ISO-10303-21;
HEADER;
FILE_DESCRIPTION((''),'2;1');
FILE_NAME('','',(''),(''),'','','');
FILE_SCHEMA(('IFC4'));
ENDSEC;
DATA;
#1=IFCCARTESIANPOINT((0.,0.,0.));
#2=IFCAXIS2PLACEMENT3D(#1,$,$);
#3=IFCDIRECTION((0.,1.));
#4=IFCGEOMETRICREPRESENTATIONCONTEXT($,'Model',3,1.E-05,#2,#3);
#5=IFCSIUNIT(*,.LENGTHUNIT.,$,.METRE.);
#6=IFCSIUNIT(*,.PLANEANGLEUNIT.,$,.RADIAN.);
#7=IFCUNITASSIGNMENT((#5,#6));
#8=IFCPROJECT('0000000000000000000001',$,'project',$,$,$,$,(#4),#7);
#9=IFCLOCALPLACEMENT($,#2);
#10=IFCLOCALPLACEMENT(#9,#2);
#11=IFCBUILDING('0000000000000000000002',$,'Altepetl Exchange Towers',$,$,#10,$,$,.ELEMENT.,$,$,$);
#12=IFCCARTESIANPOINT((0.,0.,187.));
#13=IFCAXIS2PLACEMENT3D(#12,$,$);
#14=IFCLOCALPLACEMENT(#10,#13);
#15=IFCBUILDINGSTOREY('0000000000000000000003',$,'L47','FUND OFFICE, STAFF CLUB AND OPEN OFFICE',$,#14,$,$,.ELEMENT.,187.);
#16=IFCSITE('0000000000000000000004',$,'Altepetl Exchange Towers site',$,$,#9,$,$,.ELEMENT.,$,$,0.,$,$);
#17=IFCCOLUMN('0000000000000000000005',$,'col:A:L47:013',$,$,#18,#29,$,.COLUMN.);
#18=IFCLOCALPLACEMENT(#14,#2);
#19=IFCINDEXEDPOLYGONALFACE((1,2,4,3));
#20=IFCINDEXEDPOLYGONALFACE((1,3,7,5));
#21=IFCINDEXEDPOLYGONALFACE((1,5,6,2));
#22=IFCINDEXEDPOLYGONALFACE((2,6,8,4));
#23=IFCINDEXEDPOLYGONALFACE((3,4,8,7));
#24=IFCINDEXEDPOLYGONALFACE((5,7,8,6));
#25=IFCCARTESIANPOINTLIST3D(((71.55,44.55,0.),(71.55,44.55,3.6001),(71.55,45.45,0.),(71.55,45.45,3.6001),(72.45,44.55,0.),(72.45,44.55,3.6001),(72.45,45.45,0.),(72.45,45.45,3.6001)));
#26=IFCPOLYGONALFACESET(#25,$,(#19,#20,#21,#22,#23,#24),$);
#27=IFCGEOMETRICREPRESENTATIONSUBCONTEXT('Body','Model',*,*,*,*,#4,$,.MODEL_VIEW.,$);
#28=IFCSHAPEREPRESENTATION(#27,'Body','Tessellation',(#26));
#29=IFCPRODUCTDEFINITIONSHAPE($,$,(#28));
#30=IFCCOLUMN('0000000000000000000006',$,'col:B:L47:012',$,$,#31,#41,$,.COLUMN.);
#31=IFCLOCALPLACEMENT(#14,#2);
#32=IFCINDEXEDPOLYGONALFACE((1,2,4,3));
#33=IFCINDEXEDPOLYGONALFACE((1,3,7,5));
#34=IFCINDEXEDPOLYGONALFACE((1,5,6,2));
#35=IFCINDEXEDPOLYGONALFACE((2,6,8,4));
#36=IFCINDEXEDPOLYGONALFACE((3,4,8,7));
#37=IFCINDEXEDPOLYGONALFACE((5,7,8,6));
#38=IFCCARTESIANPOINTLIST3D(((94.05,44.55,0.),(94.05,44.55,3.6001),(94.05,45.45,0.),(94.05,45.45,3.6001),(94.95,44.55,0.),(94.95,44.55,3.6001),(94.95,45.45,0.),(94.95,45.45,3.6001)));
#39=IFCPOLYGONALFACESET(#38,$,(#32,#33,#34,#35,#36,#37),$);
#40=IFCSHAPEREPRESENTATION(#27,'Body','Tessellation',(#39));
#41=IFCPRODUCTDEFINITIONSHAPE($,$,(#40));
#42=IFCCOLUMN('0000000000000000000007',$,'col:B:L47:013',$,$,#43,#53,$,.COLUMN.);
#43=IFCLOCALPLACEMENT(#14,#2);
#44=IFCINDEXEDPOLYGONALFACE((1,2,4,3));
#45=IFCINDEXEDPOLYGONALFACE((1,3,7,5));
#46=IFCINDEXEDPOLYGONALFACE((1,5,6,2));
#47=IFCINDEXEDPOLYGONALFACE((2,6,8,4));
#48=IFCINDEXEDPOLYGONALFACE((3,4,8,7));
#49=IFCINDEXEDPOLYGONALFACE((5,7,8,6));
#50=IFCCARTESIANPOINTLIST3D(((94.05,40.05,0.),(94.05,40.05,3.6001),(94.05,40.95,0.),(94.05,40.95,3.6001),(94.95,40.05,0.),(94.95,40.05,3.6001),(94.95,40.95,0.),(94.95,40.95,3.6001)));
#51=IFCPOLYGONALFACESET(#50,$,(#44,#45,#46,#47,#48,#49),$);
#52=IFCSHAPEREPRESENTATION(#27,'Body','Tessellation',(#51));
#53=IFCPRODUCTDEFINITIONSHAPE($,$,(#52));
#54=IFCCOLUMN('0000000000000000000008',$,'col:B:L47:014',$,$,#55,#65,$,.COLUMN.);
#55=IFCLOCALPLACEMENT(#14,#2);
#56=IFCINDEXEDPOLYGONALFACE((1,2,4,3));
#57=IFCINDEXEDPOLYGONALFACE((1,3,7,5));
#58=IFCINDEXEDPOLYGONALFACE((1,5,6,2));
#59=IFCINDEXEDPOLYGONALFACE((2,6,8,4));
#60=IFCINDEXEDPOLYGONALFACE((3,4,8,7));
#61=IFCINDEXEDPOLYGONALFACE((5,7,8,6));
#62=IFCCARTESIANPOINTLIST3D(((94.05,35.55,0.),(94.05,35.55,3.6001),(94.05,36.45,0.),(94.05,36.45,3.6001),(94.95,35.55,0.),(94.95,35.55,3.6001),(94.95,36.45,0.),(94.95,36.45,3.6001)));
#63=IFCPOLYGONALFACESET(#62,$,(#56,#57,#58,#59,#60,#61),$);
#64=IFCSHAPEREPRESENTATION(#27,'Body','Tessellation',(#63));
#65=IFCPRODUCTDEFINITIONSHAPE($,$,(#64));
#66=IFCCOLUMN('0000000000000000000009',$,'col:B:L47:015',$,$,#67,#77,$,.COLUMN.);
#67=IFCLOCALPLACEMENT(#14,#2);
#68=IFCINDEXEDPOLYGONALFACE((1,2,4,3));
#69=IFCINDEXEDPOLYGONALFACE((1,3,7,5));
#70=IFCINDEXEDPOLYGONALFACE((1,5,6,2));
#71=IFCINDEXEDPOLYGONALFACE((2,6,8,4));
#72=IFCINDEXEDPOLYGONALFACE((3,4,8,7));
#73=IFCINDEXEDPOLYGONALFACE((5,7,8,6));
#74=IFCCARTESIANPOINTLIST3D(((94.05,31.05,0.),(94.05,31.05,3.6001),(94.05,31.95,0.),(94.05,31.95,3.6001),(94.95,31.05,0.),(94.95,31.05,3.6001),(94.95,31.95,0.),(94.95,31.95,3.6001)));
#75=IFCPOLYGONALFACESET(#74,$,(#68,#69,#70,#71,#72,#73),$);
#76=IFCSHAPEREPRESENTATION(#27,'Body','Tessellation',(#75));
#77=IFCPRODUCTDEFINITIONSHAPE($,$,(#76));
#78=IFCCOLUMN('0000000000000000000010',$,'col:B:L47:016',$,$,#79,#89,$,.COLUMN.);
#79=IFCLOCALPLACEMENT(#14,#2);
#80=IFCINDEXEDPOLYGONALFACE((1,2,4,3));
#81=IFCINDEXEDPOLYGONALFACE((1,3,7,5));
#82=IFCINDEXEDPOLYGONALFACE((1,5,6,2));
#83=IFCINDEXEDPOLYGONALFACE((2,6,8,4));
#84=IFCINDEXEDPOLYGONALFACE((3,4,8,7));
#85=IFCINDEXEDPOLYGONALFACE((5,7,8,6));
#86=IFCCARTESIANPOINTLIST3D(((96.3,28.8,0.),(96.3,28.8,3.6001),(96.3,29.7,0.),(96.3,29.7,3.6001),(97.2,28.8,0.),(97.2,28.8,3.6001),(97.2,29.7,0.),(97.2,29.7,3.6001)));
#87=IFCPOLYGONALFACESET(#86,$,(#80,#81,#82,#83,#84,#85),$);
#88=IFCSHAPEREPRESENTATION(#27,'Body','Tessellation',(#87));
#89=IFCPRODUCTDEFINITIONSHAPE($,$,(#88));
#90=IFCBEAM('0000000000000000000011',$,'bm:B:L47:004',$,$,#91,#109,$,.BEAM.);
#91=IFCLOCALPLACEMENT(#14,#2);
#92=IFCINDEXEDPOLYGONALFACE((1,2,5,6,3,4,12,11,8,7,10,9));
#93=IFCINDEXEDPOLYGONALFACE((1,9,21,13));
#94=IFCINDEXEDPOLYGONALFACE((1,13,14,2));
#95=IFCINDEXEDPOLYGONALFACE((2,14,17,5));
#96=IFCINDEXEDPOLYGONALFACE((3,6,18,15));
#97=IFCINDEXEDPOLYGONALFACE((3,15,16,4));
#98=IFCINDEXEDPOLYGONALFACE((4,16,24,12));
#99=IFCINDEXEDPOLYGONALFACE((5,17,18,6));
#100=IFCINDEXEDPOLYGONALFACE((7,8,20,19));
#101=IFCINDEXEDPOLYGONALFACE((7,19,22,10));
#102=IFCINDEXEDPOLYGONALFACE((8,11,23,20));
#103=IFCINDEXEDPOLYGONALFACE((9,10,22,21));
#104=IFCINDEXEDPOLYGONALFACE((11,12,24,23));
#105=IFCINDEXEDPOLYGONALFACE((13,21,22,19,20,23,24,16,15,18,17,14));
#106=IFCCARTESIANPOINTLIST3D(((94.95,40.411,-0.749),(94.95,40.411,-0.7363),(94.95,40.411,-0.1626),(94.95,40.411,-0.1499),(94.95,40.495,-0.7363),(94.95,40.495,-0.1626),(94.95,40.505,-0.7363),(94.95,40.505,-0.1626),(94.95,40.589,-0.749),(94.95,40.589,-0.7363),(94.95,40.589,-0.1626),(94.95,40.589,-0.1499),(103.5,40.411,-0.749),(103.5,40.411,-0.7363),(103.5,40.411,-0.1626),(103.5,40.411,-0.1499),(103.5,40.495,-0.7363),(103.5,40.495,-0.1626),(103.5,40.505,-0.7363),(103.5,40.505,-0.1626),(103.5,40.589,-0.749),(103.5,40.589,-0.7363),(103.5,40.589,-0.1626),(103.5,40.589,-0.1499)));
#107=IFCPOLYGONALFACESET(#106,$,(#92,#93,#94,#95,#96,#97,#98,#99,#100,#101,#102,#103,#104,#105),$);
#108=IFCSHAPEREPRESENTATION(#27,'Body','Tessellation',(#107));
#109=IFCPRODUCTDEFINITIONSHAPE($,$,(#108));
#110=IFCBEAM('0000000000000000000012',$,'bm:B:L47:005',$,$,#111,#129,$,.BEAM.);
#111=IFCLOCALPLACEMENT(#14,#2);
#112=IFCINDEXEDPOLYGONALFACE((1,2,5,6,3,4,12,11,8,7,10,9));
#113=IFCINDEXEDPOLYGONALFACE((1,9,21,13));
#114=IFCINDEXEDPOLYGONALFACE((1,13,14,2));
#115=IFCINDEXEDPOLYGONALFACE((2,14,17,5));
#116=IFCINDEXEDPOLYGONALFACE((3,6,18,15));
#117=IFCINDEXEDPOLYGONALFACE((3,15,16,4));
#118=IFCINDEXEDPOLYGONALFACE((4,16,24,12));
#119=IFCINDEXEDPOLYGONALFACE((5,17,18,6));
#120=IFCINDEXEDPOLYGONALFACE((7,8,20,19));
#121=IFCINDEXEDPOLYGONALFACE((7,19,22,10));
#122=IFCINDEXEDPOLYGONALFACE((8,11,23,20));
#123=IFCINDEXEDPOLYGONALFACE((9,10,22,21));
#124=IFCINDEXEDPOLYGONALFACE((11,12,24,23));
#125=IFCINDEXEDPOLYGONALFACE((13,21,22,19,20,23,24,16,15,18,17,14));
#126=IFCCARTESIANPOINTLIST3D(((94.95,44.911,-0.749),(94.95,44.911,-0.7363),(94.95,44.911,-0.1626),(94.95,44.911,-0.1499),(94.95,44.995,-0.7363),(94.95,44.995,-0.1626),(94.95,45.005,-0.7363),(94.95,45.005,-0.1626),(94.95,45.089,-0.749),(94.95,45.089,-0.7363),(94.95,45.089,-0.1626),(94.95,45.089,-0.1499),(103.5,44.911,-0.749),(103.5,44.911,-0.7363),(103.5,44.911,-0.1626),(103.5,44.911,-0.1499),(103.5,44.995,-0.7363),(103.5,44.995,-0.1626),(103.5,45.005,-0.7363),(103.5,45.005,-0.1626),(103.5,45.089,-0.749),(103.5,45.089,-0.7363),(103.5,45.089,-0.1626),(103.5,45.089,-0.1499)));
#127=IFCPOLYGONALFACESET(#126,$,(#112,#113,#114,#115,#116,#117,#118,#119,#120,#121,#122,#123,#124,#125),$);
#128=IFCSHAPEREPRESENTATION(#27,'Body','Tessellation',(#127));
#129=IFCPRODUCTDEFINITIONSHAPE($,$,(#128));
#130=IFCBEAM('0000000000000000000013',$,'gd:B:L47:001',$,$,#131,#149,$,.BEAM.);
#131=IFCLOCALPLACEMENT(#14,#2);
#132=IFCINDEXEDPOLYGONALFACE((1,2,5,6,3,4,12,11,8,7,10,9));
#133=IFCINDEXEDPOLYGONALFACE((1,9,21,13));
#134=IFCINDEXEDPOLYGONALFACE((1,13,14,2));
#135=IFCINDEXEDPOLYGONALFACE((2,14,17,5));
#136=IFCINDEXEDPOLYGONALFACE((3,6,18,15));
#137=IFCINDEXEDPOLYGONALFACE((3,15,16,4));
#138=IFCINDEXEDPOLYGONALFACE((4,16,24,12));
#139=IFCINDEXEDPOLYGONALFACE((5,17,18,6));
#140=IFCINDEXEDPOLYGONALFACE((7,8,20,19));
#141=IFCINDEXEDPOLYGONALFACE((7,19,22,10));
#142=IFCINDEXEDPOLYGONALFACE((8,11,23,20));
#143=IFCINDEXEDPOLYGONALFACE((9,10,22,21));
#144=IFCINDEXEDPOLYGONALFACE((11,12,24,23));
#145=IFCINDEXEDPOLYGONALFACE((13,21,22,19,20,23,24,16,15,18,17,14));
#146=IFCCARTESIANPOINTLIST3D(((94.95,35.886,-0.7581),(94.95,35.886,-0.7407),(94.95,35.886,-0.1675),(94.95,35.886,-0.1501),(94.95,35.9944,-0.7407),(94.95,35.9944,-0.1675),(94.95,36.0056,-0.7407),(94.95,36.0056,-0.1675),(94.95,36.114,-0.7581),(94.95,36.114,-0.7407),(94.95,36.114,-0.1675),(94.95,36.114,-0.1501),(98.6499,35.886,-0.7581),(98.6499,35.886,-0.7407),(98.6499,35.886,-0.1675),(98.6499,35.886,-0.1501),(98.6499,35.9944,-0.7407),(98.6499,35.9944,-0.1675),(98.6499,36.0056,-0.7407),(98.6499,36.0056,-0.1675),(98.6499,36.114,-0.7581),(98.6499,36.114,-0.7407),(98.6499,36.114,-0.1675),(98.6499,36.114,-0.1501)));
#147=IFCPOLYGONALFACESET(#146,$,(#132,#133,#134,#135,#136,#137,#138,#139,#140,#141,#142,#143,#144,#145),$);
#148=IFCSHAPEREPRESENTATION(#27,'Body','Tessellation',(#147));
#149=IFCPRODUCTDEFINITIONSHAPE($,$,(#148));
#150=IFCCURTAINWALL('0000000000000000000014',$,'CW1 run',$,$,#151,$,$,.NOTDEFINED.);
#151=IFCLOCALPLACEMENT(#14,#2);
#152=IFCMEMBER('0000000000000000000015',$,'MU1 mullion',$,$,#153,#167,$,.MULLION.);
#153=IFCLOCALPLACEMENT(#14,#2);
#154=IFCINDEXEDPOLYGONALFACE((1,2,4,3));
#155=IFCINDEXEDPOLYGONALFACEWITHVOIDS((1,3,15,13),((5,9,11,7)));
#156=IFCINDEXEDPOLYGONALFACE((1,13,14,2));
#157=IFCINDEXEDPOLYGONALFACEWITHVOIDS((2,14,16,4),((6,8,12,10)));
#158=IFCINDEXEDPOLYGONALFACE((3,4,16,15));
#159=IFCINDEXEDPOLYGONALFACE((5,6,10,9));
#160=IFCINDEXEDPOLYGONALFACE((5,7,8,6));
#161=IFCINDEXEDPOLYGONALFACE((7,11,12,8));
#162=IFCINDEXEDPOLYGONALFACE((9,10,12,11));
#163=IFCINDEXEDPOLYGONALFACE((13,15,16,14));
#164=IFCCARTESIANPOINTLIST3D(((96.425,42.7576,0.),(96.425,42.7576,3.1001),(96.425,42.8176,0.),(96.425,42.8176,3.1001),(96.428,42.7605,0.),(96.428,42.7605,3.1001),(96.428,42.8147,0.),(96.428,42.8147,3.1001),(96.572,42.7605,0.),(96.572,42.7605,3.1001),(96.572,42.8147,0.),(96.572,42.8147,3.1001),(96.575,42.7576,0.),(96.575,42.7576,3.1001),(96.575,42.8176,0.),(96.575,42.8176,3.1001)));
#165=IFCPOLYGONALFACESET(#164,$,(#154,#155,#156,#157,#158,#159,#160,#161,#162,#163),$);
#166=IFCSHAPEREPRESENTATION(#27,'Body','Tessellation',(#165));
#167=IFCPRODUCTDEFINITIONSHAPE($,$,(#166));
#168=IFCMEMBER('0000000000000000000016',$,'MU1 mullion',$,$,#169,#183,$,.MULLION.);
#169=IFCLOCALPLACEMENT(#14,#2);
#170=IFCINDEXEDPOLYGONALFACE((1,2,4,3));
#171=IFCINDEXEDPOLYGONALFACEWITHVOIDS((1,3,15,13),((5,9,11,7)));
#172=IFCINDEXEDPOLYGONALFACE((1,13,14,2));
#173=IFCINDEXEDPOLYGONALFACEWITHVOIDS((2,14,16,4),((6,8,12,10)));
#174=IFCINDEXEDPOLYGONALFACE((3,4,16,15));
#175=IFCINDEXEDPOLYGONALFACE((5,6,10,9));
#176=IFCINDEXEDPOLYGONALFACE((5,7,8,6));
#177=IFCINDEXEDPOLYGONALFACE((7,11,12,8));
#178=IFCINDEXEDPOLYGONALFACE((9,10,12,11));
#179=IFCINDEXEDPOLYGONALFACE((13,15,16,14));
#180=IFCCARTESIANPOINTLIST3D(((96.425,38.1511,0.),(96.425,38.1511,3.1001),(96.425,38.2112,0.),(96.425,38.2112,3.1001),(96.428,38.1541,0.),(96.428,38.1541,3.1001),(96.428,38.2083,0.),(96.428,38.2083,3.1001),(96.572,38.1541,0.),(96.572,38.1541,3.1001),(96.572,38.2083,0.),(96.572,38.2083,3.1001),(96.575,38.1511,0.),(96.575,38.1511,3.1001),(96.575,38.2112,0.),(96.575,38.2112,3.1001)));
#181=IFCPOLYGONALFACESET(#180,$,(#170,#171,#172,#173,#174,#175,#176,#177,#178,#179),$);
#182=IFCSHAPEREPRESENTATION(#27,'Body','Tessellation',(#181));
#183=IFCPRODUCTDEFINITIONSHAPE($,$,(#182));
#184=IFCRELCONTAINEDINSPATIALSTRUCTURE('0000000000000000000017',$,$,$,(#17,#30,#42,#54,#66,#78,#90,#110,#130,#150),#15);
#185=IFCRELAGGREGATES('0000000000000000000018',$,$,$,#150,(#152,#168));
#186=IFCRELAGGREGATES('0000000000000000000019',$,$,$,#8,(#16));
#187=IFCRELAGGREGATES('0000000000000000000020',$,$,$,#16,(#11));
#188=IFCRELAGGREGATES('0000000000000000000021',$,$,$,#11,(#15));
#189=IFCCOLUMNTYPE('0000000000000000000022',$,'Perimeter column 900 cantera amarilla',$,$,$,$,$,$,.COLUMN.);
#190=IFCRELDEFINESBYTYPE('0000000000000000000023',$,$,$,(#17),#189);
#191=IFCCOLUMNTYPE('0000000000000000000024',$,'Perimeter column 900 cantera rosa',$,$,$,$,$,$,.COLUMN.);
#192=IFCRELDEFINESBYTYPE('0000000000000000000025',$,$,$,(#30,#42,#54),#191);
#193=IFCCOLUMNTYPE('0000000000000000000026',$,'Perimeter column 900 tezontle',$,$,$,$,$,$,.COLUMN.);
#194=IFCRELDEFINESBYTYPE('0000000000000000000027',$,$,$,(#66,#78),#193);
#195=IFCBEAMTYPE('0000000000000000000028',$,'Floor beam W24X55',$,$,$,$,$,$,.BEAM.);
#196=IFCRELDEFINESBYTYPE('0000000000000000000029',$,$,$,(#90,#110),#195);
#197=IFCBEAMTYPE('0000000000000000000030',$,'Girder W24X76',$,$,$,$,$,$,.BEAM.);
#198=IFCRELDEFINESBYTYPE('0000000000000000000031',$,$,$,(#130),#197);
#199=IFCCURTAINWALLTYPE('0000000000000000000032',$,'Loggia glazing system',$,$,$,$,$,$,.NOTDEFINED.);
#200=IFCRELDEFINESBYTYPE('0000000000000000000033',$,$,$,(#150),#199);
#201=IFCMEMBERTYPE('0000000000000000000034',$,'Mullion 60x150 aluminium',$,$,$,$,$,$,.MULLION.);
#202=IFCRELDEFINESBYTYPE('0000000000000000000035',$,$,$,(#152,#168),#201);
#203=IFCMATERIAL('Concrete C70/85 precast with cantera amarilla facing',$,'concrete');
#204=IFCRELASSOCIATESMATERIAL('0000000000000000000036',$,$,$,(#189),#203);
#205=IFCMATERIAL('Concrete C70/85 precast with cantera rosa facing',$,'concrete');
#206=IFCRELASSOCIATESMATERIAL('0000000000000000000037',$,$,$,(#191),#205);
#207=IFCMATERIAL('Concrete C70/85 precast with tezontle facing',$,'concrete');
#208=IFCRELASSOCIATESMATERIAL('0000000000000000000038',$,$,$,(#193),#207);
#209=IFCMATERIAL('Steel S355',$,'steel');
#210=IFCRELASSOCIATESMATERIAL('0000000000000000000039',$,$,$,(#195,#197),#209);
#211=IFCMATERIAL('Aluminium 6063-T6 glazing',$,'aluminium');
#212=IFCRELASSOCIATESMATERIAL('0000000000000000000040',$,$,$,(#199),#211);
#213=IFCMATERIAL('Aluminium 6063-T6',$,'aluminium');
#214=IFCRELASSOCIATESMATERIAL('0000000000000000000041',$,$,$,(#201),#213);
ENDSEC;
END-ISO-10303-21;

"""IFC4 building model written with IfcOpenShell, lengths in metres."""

from ifc_helpers import new_model, si_unit, direction, frame, origin, origin_2d, place, context, subcontext, project, spatial, rectangle, hollow_rectangle, i_section, extrude, material, material_profile, profile_set, type_object, element, aggregate, save


model = new_model("IFC4")

# Units and contexts
model_context = context("Model", 3, precision=1e-05, world=origin(), true_north=direction((0.0, 1.0)))
body_context = subcontext(model_context, "Body", "Model", "MODEL_VIEW")
ifc_project = project(units=[si_unit("LENGTHUNIT", "METRE"), si_unit("PLANEANGLEUNIT", "RADIAN")], contexts=[model_context])

# Site, building, storey
site_placement = place(None, origin())
site = spatial("IfcSite", under=ifc_project, at=site_placement, Name="Altepetl Exchange Towers site", CompositionType="ELEMENT", RefElevation=0.0)
building_placement = place(site_placement, origin())
building = spatial("IfcBuilding", under=site, at=building_placement, Name="Altepetl Exchange Towers", CompositionType="ELEMENT")
storey_placement = place(building_placement, frame((0.0, 0.0, 187.0)))
storey = spatial("IfcBuildingStorey", under=building, at=storey_placement, Name="L47", Description="FUND OFFICE, STAFF CLUB AND OPEN OFFICE", CompositionType="ELEMENT", Elevation=187.0)

# Columns
ifc_material_1 = material(Name="Concrete C70/85 precast with cantera amarilla facing", Category="concrete")
ifc_material_profile_1 = material_profile(ifc_material_1, rectangle(XDim=0.8999, YDim=0.8999, at=origin_2d()), Name="900 x 900")
ifc_profile_set_1 = profile_set([ifc_material_profile_1], Name="Concrete C70/85 precast with cantera amarilla facing")
column_type_1 = type_object("IfcColumnType", Name="Perimeter column 900 cantera amarilla", PredefinedType="COLUMN", material=ifc_profile_set_1)
column_placement = place(storey_placement, frame((72.0, 45.0, 0.0)))
element("IfcColumn", 1, at=column_placement, inside=storey, type_object=column_type_1, Name="col:A:L47:013", PredefinedType="COLUMN", context=body_context, shape_type="SweptSolid", body=[
    extrude(rectangle(XDim=0.8999, YDim=0.8999, at=origin_2d()), origin(), (0.0, 0.0, 1.0), 3.6001),
])
ifc_material_2 = material(Name="Concrete C70/85 precast with cantera rosa facing", Category="concrete")
ifc_material_profile_2 = material_profile(ifc_material_2, rectangle(XDim=0.8999, YDim=0.8999, at=origin_2d()), Name="900 x 900")
ifc_profile_set_2 = profile_set([ifc_material_profile_2], Name="Concrete C70/85 precast with cantera rosa facing")
column_type_2 = type_object("IfcColumnType", Name="Perimeter column 900 cantera rosa", PredefinedType="COLUMN", material=ifc_profile_set_2)
for number, where, name in (
    (2, (94.5, 45.0, 0.0), "col:B:L47:012"),
    (3, (94.5, 40.5, 0.0), "col:B:L47:013"),
    (4, (94.5, 36.0, 0.0), "col:B:L47:014"),
):
    element("IfcColumn", number, at=place(storey_placement, frame(where)), inside=storey, type_object=column_type_2, Name=name, PredefinedType="COLUMN", context=body_context, shape_type="SweptSolid", body=[
        extrude(rectangle(XDim=0.8999, YDim=0.8999, at=origin_2d()), origin(), (0.0, 0.0, 1.0), 3.6001),
    ])
ifc_material_3 = material(Name="Concrete C70/85 precast with tezontle facing", Category="concrete")
ifc_material_profile_3 = material_profile(ifc_material_3, rectangle(XDim=0.8999, YDim=0.8999, at=origin_2d()), Name="900 x 900")
ifc_profile_set_3 = profile_set([ifc_material_profile_3], Name="Concrete C70/85 precast with tezontle facing")
column_type_3 = type_object("IfcColumnType", Name="Perimeter column 900 tezontle", PredefinedType="COLUMN", material=ifc_profile_set_3)
for number, where, name in (
    (5, (94.5, 31.5, 0.0), "col:B:L47:015"),
    (6, (96.75, 29.25, 0.0), "col:B:L47:016"),
):
    element("IfcColumn", number, at=place(storey_placement, frame(where)), inside=storey, type_object=column_type_3, Name=name, PredefinedType="COLUMN", context=body_context, shape_type="SweptSolid", body=[
        extrude(rectangle(XDim=0.8999, YDim=0.8999, at=origin_2d()), origin(), (0.0, 0.0, 1.0), 3.6001),
    ])

# Beams
ifc_material_4 = material(Name="Steel S355", Category="steel")
ifc_material_profile_4 = material_profile(ifc_material_4, i_section(OverallWidth=0.178, OverallDepth=0.5991, WebThickness=0.01, FlangeThickness=0.0127, at=origin_2d()), Name="W24X55")
ifc_profile_set_4 = profile_set([ifc_material_profile_4], Name="Steel S355")
beam_type_1 = type_object("IfcBeamType", Name="Floor beam W24X55", PredefinedType="BEAM", material=ifc_profile_set_4)
for number, where, z_axis, x_axis, name in (
    (7, (94.95, 40.5, -0.4495), (1.0, 0.0, 0.0), (0.0, 1.0, 0.0), "bm:B:L47:004"),
    (8, (94.95, 45.0, -0.4495), (1.0, 0.0, 0.0), (0.0, 1.0, 0.0), "bm:B:L47:005"),
):
    element("IfcBeam", number, at=place(storey_placement, frame(where, z_axis=z_axis, x_axis=x_axis)), inside=storey, type_object=beam_type_1, Name=name, PredefinedType="BEAM", context=body_context, shape_type="SweptSolid", body=[
        extrude(i_section(OverallWidth=0.178, OverallDepth=0.5991, WebThickness=0.01, FlangeThickness=0.0127, at=origin_2d()), origin(), (0.0, 0.0, 1.0), 8.55),
    ])
ifc_material_profile_5 = material_profile(ifc_material_4, i_section(OverallWidth=0.228, OverallDepth=0.6079, WebThickness=0.0112, FlangeThickness=0.0173, at=origin_2d()), Name="W24X76")
ifc_profile_set_5 = profile_set([ifc_material_profile_5], Name="Steel S355")
beam_type_2 = type_object("IfcBeamType", Name="Girder W24X76", PredefinedType="BEAM", material=ifc_profile_set_5)
beam_1_placement = place(storey_placement, frame((98.6499, 36.0, -0.4541), z_axis=(-1.0, 0.0, 0.0), x_axis=(0.0, -1.0, 0.0)))
element("IfcBeam", 9, at=beam_1_placement, inside=storey, type_object=beam_type_2, Name="gd:B:L47:001", PredefinedType="BEAM", context=body_context, shape_type="SweptSolid", body=[
    extrude(i_section(OverallWidth=0.228, OverallDepth=0.6079, WebThickness=0.0112, FlangeThickness=0.0173, at=origin_2d()), origin(), (0.0, 0.0, 1.0), 3.7),
])

# Curtain wall, members
ifc_material_5 = material(Name="Aluminium 6063-T6 glazing", Category="aluminium")
curtain_wall_type = type_object("IfcCurtainWallType", Name="Loggia glazing system", PredefinedType="NOTDEFINED", material=ifc_material_5)
curtain_wall_1_placement = place(storey_placement, origin())
curtain_wall_1 = element("IfcCurtainWall", 10, at=curtain_wall_1_placement, inside=storey, type_object=curtain_wall_type, Name="CW1 run", PredefinedType="NOTDEFINED")
ifc_material_6 = material(Name="Aluminium 6063-T6", Category="aluminium")
ifc_material_profile_6 = material_profile(ifc_material_6, hollow_rectangle(XDim=0.0601, YDim=0.1499, WallThickness=0.0029, at=origin_2d()), Name="Mullion 60x150 aluminium")
ifc_profile_set_6 = profile_set([ifc_material_profile_6], Name="Aluminium 6063-T6")
member_type = type_object("IfcMemberType", Name="Mullion 60x150 aluminium", PredefinedType="MULLION", material=ifc_profile_set_6)
member_1_placement = place(storey_placement, frame((96.5, 42.7876, 0.0), z_axis=(0.0, 0.0, 1.0), x_axis=(0.0, -1.0, 0.0)))
member_1 = element("IfcMember", 11, at=member_1_placement, type_object=member_type, Name="MU1 mullion", PredefinedType="MULLION", context=body_context, shape_type="SweptSolid", body=[
    extrude(hollow_rectangle(XDim=0.0601, YDim=0.1499, WallThickness=0.0029, at=origin_2d()), origin(), (0.0, 0.0, 1.0), 3.1001),
])
member_2_placement = place(storey_placement, frame((96.5, 38.1812, 0.0), z_axis=(0.0, 0.0, 1.0), x_axis=(0.0, -1.0, 0.0)))
member_2 = element("IfcMember", 12, at=member_2_placement, type_object=member_type, Name="MU1 mullion", PredefinedType="MULLION", context=body_context, shape_type="SweptSolid", body=[
    extrude(hollow_rectangle(XDim=0.0601, YDim=0.1499, WallThickness=0.0029, at=origin_2d()), origin(), (0.0, 0.0, 1.0), 3.1001),
])

aggregate(curtain_wall_1, [member_1, member_2])

save(model, "model.ifc")
